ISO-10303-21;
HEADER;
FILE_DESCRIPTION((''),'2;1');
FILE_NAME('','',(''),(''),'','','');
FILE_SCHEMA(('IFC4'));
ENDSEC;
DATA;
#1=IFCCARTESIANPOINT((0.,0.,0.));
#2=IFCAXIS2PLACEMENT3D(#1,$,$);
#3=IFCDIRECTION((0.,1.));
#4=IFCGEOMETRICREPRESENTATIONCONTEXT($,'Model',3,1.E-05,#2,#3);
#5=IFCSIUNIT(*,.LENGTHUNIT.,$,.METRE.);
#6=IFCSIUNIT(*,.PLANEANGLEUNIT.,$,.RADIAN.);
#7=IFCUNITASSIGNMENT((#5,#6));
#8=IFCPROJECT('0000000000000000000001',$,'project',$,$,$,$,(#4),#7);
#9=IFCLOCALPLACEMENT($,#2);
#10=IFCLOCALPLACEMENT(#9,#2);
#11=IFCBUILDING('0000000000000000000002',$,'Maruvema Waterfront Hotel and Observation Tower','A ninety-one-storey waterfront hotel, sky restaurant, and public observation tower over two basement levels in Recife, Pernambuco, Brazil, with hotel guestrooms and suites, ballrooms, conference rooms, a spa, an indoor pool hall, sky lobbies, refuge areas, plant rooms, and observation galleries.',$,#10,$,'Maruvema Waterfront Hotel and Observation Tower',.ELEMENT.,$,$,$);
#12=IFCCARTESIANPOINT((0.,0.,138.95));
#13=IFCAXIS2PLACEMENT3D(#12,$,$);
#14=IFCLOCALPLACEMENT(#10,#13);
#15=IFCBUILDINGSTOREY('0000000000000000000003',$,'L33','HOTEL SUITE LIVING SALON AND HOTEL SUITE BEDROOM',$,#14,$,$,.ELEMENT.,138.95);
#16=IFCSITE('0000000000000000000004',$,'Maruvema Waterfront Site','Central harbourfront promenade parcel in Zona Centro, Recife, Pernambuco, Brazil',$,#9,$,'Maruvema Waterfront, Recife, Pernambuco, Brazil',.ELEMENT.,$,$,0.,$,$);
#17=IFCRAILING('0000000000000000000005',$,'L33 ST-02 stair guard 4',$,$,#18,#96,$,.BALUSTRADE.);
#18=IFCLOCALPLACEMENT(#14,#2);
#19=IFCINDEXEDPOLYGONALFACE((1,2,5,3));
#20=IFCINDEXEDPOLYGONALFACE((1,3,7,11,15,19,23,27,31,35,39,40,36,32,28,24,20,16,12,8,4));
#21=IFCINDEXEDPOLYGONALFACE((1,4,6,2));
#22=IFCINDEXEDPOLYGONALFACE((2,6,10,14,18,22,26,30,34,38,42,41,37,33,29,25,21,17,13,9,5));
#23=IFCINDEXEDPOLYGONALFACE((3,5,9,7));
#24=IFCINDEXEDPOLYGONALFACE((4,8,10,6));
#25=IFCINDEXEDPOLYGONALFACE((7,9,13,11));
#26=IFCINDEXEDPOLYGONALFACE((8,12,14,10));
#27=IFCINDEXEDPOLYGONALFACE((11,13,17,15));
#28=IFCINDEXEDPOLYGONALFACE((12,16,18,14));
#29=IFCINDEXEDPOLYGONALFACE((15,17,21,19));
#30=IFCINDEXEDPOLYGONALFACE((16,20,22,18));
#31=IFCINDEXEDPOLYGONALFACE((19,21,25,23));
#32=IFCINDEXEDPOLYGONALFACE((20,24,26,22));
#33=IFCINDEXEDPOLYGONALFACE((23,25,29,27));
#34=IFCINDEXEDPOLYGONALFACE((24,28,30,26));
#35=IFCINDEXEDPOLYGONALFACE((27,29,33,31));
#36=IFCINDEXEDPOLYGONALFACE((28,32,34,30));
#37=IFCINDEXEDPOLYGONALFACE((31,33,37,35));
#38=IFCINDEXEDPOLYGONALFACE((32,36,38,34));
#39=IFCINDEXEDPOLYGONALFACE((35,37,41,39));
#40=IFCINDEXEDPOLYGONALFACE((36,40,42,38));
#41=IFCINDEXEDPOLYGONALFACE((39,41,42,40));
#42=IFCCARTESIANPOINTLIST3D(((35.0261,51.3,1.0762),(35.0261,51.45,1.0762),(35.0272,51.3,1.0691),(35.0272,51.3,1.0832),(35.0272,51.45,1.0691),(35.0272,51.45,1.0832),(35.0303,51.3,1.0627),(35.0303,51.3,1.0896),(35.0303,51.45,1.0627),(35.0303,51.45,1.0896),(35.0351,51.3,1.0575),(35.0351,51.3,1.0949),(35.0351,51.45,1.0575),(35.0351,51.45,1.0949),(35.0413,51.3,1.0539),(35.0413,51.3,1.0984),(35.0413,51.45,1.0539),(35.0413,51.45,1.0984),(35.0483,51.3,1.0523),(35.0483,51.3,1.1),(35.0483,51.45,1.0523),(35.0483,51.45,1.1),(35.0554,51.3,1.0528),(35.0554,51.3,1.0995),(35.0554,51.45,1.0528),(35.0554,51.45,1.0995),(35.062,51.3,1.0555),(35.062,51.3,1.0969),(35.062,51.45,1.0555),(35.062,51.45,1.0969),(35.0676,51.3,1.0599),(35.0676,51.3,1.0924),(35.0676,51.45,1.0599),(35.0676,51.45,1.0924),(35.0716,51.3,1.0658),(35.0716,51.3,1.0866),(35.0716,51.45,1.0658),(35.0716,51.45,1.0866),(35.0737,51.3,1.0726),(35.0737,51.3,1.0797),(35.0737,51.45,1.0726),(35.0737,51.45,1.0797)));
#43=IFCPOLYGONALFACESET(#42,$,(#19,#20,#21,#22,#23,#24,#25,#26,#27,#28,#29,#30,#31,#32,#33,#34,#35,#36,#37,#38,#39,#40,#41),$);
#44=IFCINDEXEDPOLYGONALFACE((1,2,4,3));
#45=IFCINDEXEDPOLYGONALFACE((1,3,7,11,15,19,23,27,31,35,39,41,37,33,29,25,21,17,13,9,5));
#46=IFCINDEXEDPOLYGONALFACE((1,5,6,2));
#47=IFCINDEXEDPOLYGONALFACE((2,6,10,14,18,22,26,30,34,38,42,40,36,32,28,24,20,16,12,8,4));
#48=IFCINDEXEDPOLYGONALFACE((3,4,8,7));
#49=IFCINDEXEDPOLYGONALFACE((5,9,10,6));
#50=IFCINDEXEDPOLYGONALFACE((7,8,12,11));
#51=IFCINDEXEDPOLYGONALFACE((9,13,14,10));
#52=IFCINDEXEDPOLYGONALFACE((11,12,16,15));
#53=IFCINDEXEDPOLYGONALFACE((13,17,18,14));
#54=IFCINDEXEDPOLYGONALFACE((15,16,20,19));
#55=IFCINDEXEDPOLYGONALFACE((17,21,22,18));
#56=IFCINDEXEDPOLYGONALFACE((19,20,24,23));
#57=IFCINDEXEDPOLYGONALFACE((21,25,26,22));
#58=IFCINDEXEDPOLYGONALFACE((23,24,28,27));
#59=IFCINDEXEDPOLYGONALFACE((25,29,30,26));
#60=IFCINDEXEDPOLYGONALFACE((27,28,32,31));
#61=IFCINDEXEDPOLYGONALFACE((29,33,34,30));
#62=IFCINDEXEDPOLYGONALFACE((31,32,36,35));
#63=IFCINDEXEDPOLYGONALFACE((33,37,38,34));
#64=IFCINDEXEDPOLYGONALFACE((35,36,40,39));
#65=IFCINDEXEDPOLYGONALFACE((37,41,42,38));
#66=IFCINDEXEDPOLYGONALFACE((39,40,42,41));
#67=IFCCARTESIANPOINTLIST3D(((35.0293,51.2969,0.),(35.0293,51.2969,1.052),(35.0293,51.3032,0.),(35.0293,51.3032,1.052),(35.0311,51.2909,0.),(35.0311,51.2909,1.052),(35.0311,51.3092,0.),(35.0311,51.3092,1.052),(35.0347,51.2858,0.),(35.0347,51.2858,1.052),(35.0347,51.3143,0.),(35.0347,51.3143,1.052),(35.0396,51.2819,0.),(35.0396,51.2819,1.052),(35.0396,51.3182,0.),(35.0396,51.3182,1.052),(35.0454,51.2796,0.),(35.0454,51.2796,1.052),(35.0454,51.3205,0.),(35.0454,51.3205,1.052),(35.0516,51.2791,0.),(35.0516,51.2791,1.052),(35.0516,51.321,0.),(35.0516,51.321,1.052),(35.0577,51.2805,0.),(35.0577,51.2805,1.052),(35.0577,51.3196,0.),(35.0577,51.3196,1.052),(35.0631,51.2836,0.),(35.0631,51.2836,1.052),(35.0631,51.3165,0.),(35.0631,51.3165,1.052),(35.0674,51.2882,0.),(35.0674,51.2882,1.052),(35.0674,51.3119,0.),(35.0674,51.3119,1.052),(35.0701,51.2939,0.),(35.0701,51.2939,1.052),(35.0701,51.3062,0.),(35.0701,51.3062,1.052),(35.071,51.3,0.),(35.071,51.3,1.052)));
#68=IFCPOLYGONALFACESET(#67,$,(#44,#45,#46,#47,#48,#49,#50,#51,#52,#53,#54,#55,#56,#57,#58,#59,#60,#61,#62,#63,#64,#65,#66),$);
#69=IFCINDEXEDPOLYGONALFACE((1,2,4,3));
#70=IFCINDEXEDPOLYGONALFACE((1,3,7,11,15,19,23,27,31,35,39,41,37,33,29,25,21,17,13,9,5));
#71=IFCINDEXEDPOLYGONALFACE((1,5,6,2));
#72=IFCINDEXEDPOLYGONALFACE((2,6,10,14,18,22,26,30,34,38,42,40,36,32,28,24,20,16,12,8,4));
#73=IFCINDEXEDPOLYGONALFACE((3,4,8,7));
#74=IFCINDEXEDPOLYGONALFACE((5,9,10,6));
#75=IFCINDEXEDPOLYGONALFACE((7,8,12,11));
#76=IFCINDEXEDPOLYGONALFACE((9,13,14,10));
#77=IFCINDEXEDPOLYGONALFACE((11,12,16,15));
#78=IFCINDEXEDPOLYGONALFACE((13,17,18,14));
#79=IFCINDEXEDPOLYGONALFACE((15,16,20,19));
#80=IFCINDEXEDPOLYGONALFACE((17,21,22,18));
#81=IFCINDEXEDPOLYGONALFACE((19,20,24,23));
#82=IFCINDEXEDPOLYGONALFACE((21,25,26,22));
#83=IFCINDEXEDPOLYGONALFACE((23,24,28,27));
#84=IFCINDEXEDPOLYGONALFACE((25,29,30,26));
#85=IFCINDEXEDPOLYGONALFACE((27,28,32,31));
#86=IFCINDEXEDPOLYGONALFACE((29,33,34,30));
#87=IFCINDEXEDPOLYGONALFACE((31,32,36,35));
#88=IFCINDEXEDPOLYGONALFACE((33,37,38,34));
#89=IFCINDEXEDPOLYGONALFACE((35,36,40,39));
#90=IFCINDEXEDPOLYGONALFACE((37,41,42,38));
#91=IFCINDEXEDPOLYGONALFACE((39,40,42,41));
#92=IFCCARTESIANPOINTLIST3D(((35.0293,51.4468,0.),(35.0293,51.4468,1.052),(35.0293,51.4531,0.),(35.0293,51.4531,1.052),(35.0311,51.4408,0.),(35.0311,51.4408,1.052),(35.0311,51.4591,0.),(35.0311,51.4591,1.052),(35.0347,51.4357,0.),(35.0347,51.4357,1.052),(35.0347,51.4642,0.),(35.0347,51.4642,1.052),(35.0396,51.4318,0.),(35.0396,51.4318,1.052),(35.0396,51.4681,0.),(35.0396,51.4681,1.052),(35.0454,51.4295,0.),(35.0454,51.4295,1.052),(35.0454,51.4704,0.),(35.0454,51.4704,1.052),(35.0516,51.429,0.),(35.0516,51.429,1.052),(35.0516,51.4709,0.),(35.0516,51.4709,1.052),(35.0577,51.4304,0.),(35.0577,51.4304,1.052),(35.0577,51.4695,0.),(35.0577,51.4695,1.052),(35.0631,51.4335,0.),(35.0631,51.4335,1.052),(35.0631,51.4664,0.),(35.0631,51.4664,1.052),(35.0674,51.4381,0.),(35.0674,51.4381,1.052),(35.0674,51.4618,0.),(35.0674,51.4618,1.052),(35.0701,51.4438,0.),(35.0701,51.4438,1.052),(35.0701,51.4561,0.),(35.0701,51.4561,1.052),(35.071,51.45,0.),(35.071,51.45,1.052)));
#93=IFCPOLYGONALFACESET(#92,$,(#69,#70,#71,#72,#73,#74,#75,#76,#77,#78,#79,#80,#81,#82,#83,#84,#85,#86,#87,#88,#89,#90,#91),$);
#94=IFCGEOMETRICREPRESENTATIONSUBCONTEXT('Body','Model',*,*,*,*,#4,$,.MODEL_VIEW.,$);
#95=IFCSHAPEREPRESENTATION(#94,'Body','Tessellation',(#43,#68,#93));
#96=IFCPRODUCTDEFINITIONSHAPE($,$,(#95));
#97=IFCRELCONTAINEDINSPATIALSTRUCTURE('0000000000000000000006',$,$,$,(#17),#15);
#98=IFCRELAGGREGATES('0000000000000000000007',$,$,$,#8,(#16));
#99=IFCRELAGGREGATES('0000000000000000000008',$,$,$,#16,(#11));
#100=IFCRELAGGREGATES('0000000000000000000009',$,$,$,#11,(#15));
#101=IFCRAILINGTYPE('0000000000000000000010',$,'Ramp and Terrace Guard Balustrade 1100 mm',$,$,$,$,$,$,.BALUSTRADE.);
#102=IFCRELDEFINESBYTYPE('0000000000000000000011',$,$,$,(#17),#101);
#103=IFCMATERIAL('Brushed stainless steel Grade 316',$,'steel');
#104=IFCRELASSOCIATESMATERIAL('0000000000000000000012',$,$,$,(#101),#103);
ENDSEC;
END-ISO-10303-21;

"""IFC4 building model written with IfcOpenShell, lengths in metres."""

from ifc_helpers import new_model, si_unit, direction, frame, origin, origin_2d, place, context, subcontext, project, spatial, circle, extrude, material, type_object, element, save


model = new_model("IFC4")

# Units and contexts
model_context = context("Model", 3, precision=1e-05, world=origin(), true_north=direction((0.0, 1.0)))
body_context = subcontext(model_context, "Body", "Model", "MODEL_VIEW")
ifc_project = project(units=[si_unit("LENGTHUNIT", "METRE"), si_unit("PLANEANGLEUNIT", "RADIAN")], contexts=[model_context])

# Site, building, storey
site_placement = place(None, origin())
site = spatial("IfcSite", under=ifc_project, at=site_placement, Name="Maruvema Waterfront Site", Description="Central harbourfront promenade parcel in Zona Centro, Recife, Pernambuco, Brazil", LongName="Maruvema Waterfront, Recife, Pernambuco, Brazil", CompositionType="ELEMENT", RefElevation=0.0)
building_placement = place(site_placement, origin())
building = spatial("IfcBuilding", under=site, at=building_placement, Name="Maruvema Waterfront Hotel and Observation Tower", Description="A ninety-one-storey waterfront hotel, sky restaurant, and public observation tower over two basement levels in Recife, Pernambuco, Brazil, with hotel guestrooms and suites, ballrooms, conference rooms, a spa, an indoor pool hall, sky lobbies, refuge areas, plant rooms, and observation galleries.", LongName="Maruvema Waterfront Hotel and Observation Tower", CompositionType="ELEMENT")
storey_placement = place(building_placement, frame((0.0, 0.0, 138.95)))
storey = spatial("IfcBuildingStorey", under=building, at=storey_placement, Name="L33", Description="HOTEL SUITE LIVING SALON AND HOTEL SUITE BEDROOM", CompositionType="ELEMENT", Elevation=138.95)

# Railing
ifc_material_1 = material(Name="Brushed stainless steel Grade 316", Category="steel")
railing_type_1 = type_object("IfcRailingType", Name="Ramp and Terrace Guard Balustrade 1100 mm", PredefinedType="BALUSTRADE", material=ifc_material_1)
railing_1_placement = place(storey_placement, frame((35.05, 51.3, 0.0)))
element("IfcRailing", 1, at=railing_1_placement, inside=storey, type_object=railing_type_1, Name="L33 ST-02 stair guard 4", PredefinedType="BALUSTRADE", context=body_context, shape_type="SweptSolid", body=[
    extrude(circle(Radius=0.0239, at=origin_2d()), frame((0.0, 0.0, 1.0762), z_axis=(0.0, 1.0, 0.0), x_axis=(-1.0, 0.0, 0.0)), (0.0, 0.0, 1.0), 0.1499),
    extrude(circle(Radius=0.021, at=origin_2d()), origin(), (0.0, 0.0, 1.0), 1.052),
    extrude(circle(Radius=0.021, at=origin_2d()), frame((0.0, 0.1499, 0.0)), (0.0, 0.0, 1.0), 1.052),
])

save(model, "model.ifc")
